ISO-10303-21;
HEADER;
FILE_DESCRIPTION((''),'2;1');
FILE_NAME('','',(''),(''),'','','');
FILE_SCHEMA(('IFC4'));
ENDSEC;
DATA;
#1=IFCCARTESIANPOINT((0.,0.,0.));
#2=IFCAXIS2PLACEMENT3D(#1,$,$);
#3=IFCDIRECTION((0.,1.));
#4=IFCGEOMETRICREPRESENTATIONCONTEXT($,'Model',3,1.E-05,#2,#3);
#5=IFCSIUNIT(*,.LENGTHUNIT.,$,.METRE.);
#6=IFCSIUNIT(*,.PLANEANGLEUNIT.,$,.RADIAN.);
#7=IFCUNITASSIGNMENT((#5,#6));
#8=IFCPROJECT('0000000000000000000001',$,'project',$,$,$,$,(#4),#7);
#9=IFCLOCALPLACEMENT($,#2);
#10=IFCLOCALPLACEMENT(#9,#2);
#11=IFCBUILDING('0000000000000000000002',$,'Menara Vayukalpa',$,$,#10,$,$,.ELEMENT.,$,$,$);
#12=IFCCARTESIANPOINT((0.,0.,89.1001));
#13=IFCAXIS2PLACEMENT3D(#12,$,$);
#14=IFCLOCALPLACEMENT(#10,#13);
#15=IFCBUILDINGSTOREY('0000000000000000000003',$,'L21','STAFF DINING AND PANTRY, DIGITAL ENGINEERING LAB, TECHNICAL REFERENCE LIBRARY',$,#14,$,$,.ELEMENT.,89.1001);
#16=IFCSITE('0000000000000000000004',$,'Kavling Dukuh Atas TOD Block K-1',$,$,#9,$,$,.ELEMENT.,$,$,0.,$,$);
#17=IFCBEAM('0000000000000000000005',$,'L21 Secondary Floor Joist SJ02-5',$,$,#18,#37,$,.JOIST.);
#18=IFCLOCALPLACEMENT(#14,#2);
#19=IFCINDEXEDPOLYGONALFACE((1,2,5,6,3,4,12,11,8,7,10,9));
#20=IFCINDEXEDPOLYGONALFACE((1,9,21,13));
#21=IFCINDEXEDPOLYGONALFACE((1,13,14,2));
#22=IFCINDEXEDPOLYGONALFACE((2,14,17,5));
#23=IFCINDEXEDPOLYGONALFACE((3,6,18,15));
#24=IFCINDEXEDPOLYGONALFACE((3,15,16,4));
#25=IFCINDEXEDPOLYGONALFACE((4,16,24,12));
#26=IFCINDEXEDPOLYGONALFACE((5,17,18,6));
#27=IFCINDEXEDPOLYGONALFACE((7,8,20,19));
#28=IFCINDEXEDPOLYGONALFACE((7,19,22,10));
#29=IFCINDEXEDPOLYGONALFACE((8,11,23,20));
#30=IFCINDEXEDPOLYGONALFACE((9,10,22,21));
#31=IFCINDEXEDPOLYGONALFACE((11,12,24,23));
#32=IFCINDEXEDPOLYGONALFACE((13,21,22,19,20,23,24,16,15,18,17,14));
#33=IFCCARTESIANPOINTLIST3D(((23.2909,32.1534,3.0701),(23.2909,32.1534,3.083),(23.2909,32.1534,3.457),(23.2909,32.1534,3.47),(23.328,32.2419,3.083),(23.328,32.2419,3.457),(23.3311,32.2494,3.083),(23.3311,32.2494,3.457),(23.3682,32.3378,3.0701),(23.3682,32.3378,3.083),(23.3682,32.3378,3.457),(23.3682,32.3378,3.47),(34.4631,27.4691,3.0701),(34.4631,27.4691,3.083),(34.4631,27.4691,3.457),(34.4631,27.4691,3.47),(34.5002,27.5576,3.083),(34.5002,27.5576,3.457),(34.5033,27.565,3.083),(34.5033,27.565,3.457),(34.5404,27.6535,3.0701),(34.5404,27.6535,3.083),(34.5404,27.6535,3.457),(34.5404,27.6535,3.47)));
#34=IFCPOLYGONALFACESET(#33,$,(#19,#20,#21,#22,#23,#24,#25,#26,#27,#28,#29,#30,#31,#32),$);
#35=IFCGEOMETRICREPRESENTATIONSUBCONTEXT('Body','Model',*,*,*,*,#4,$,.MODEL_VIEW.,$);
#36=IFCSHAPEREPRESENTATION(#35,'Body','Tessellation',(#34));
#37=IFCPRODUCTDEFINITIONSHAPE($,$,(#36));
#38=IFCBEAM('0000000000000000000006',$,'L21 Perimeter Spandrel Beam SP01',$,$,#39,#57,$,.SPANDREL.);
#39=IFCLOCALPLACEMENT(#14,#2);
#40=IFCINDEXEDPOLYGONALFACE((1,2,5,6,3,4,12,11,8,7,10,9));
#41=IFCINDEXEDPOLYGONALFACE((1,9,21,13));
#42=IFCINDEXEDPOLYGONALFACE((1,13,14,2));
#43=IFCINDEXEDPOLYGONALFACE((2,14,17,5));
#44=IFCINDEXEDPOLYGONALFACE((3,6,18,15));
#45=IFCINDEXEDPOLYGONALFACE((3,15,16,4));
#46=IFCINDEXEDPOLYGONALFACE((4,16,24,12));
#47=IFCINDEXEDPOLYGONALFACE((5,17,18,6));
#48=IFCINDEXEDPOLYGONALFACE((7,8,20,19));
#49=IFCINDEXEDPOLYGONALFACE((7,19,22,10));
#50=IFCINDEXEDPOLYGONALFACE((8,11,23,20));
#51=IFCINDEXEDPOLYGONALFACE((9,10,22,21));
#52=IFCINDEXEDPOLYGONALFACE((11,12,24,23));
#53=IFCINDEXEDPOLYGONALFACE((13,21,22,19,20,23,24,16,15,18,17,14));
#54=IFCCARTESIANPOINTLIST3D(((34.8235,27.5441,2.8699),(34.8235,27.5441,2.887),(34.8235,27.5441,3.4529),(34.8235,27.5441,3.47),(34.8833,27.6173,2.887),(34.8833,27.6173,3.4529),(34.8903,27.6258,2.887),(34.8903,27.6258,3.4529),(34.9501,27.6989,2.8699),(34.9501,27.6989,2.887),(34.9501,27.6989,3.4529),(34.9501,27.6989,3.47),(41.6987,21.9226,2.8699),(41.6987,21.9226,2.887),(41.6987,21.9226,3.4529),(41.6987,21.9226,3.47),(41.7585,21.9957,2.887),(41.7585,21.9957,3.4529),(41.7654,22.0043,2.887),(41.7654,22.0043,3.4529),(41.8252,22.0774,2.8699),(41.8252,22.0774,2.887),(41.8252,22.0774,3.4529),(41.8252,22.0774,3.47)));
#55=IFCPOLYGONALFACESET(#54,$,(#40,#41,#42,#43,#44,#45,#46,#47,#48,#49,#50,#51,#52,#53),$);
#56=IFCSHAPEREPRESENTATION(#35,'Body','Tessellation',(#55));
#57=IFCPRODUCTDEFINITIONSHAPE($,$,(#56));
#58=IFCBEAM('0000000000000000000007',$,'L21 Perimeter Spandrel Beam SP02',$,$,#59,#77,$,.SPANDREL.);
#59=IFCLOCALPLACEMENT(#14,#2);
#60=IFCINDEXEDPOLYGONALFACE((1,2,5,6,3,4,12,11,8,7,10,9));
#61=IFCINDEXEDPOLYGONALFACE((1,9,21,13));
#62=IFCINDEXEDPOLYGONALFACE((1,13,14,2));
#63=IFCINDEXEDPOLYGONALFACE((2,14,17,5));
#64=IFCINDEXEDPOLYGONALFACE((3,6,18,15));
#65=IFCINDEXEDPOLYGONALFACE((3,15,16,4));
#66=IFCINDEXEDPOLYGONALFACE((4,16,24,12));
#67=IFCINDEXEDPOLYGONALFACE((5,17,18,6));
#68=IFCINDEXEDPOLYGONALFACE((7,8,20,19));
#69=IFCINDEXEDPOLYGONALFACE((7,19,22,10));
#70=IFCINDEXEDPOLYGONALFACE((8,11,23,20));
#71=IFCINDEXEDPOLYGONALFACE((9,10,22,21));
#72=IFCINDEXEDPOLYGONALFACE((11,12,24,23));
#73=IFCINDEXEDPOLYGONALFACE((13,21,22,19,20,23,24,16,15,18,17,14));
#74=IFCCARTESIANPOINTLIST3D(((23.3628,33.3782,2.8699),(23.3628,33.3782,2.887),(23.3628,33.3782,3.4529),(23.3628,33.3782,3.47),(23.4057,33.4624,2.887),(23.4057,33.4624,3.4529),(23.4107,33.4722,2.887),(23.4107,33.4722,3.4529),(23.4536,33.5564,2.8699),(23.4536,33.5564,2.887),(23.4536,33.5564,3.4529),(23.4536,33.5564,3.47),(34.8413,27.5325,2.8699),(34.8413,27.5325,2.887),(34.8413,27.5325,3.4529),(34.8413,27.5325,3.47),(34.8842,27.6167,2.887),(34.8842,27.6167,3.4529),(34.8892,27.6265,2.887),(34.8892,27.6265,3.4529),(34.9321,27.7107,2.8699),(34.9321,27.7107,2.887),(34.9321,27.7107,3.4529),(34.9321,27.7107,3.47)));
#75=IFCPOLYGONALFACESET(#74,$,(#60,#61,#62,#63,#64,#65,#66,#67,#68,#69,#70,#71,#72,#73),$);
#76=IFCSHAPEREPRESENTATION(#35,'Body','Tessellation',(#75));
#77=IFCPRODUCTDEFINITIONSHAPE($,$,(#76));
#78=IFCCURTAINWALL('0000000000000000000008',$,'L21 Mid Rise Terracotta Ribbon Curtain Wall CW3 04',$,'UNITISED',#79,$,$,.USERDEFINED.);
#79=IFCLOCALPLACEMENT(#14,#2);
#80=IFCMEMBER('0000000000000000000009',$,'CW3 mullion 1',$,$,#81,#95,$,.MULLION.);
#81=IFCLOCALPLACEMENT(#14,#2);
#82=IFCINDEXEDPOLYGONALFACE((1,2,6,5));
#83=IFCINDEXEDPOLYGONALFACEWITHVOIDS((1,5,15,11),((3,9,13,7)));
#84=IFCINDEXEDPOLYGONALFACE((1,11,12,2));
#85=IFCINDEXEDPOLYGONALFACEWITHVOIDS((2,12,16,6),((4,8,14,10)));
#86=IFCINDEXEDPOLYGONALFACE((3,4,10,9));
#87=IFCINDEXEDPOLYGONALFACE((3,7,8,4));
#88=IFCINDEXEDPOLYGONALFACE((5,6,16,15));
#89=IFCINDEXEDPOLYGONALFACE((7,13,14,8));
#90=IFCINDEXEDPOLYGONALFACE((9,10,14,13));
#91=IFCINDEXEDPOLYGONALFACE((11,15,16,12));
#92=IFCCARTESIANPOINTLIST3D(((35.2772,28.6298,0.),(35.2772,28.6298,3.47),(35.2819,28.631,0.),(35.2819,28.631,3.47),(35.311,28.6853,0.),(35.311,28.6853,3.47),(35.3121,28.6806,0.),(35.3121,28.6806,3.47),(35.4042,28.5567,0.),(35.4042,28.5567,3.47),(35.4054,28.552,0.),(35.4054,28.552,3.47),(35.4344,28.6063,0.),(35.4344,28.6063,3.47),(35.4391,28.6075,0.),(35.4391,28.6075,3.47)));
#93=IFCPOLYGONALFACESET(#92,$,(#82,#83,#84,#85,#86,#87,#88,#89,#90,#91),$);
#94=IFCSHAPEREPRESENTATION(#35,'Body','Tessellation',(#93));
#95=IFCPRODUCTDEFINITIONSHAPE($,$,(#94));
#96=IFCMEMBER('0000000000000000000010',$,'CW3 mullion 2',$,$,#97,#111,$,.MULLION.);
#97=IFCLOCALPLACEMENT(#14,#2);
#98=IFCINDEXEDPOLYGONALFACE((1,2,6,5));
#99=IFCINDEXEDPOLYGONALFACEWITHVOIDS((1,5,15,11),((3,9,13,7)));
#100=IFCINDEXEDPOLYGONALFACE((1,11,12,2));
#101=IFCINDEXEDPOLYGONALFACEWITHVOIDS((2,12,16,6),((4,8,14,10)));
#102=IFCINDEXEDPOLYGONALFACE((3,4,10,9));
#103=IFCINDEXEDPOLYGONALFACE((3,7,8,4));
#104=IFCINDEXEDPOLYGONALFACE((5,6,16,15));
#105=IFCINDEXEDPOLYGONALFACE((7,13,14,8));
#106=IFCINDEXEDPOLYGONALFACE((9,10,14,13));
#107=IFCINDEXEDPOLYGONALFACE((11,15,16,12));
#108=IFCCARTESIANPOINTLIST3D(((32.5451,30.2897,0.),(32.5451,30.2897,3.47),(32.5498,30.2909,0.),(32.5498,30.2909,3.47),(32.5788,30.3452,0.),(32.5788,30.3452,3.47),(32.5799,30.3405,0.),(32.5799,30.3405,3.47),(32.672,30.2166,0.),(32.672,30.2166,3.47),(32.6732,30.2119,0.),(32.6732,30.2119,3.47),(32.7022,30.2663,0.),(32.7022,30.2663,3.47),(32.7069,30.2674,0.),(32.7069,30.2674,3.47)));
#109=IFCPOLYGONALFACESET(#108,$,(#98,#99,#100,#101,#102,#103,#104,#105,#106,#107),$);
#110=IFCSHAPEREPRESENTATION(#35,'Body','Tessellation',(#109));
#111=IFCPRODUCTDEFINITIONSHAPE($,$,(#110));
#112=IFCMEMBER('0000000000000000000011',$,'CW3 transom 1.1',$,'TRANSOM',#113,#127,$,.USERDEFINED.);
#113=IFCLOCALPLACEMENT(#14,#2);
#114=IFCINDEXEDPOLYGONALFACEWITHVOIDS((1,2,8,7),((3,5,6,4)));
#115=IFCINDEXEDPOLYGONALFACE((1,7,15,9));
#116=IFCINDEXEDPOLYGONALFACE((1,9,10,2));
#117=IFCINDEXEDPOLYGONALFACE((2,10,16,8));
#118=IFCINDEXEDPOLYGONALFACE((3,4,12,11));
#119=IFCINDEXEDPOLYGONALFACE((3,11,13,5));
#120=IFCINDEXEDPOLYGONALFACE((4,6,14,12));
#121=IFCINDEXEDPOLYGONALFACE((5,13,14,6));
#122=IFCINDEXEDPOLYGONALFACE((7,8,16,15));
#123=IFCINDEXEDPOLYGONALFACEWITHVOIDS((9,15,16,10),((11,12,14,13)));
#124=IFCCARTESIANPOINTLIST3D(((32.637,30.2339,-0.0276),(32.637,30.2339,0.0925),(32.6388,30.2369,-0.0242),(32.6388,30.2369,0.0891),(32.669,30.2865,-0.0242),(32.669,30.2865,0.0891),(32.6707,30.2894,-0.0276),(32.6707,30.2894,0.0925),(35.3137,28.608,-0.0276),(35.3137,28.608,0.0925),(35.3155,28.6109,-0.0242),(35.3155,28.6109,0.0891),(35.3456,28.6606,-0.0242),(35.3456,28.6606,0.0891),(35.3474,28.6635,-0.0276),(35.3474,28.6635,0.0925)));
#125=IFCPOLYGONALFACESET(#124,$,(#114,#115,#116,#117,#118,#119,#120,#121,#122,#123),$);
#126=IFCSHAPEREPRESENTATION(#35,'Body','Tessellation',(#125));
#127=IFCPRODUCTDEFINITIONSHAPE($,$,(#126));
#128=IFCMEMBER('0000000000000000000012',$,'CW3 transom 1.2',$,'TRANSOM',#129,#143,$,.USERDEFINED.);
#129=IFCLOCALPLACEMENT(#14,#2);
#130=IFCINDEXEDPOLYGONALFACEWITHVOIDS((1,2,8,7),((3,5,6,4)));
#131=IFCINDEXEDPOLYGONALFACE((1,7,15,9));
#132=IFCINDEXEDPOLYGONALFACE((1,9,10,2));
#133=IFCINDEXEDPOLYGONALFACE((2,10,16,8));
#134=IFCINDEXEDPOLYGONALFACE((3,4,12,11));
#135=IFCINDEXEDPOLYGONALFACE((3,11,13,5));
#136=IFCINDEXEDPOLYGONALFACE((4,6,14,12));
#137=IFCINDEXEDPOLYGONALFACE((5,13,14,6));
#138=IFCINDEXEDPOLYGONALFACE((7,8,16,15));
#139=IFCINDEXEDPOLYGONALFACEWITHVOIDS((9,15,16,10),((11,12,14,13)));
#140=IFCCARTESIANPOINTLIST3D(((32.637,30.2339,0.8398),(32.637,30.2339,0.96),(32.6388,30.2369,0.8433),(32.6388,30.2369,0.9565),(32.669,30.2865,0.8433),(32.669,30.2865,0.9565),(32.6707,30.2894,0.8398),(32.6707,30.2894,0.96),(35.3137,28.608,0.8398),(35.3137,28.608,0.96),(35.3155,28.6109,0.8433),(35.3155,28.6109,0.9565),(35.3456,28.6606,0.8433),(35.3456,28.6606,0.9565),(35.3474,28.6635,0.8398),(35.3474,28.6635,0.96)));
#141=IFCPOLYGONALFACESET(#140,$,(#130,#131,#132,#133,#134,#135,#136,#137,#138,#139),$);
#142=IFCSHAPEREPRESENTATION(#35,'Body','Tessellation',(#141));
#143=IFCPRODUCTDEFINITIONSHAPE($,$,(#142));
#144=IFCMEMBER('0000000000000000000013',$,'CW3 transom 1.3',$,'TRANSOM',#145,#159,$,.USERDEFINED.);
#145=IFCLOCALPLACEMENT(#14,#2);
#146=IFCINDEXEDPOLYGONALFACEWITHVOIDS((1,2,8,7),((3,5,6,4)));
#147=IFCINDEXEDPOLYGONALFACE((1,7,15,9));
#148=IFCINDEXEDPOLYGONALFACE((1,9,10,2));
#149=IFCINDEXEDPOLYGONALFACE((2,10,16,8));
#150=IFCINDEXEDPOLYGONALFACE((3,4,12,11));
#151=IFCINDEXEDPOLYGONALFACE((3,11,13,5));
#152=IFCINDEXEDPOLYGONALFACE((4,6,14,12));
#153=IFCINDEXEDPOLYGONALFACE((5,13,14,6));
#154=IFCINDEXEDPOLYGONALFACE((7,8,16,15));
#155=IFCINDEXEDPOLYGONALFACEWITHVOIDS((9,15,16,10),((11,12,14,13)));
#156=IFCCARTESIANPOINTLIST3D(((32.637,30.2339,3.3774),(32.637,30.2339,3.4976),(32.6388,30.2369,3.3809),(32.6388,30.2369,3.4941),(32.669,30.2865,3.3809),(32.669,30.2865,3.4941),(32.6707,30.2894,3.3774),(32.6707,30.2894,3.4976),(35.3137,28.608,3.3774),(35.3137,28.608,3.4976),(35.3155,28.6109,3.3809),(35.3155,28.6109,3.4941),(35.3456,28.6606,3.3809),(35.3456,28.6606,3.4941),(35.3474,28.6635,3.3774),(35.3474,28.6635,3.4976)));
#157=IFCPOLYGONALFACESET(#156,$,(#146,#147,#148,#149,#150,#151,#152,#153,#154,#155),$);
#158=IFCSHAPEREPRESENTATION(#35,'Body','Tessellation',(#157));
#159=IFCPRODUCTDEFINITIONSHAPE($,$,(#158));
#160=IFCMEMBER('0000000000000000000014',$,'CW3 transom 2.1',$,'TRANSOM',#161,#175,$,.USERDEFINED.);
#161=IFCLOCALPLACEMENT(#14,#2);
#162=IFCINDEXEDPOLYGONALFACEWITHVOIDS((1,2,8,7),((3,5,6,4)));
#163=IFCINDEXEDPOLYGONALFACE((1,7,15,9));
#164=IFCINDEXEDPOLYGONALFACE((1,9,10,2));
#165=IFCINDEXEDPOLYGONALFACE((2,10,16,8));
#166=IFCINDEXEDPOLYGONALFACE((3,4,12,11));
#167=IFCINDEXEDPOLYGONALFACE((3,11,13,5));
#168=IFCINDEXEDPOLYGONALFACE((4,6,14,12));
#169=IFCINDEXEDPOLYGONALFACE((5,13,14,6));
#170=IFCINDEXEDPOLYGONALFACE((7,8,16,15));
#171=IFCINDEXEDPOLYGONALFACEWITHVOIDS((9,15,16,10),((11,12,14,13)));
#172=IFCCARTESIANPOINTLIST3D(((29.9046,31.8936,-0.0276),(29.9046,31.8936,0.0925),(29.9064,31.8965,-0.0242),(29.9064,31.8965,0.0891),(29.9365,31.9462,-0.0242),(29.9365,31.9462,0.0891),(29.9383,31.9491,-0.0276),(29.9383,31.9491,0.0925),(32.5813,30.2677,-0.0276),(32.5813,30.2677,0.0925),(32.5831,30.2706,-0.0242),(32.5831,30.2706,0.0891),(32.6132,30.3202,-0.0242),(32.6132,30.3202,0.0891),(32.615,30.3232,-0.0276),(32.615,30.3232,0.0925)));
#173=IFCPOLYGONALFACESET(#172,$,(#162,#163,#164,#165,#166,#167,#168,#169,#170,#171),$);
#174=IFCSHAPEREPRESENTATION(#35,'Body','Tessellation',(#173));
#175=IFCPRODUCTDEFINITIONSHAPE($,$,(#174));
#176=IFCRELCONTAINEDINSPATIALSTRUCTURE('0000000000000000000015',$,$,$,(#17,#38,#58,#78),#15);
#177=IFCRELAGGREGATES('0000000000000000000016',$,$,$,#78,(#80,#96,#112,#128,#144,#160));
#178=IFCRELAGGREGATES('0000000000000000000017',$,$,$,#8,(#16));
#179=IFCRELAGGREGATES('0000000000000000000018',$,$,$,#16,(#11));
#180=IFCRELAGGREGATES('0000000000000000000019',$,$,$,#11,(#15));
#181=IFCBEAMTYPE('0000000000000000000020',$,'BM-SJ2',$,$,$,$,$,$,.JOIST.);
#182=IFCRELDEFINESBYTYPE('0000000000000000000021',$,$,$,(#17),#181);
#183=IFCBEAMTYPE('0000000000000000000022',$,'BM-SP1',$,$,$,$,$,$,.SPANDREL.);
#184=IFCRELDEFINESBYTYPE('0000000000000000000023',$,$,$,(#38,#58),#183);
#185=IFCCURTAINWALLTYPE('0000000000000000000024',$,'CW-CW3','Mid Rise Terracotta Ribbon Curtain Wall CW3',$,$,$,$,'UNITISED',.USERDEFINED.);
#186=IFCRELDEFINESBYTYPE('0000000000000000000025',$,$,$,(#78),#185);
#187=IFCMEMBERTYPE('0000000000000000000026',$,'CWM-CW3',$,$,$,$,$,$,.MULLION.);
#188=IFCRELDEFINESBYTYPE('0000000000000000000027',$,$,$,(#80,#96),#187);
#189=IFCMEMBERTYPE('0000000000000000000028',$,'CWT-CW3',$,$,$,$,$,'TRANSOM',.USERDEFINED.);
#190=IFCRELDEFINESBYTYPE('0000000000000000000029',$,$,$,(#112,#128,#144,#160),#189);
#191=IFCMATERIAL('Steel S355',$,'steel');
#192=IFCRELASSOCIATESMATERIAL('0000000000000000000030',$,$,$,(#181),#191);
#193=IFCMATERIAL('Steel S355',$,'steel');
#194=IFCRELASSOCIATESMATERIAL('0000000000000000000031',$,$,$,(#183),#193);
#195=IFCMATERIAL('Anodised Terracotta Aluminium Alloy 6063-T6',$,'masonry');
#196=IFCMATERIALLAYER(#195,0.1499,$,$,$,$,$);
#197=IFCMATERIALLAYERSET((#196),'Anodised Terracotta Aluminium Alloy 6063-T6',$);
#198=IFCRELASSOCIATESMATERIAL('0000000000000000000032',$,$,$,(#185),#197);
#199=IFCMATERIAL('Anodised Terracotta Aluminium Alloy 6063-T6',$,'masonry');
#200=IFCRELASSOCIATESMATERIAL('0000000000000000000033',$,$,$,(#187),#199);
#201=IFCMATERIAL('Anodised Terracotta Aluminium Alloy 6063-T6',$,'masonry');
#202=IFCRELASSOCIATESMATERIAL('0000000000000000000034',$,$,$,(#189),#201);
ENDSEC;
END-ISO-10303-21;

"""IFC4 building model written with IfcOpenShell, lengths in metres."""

from ifc_helpers import new_model, si_unit, direction, frame, origin, origin_2d, place, context, subcontext, project, spatial, hollow_rectangle, i_section, extrude, material, layer, layer_set, material_profile, profile_set, type_object, element, aggregate, save


model = new_model("IFC4")

# Units and contexts
model_context = context("Model", 3, precision=1e-05, world=origin(), true_north=direction((0.0, 1.0)))
body_context = subcontext(model_context, "Body", "Model", "MODEL_VIEW")
ifc_project = project(units=[si_unit("LENGTHUNIT", "METRE"), si_unit("PLANEANGLEUNIT", "RADIAN")], contexts=[model_context])

# Site, building, storey
site_placement = place(None, origin())
site = spatial("IfcSite", under=ifc_project, at=site_placement, Name="Kavling Dukuh Atas TOD Block K-1", CompositionType="ELEMENT", RefElevation=0.0)
building_placement = place(site_placement, origin())
building = spatial("IfcBuilding", under=site, at=building_placement, Name="Menara Vayukalpa", CompositionType="ELEMENT")
storey_placement = place(building_placement, frame((0.0, 0.0, 89.1001)))
storey = spatial("IfcBuildingStorey", under=building, at=storey_placement, Name="L21", Description="STAFF DINING AND PANTRY, DIGITAL ENGINEERING LAB, TECHNICAL REFERENCE LIBRARY", CompositionType="ELEMENT", Elevation=89.1001)

# Beams
ifc_material_1 = material(Name="Steel S355", Category="steel")
ifc_material_profile_1 = material_profile(ifc_material_1, i_section(OverallWidth=0.2, OverallDepth=0.3999, WebThickness=0.0081, FlangeThickness=0.0129, at=origin_2d()), Name="WF 400x200x8x13")
ifc_profile_set_1 = profile_set([ifc_material_profile_1], Name="Steel S355")
beam_type_1 = type_object("IfcBeamType", Name="BM-SJ2", PredefinedType="JOIST", material=ifc_profile_set_1)
beam_1_placement = place(storey_placement, frame((34.5017, 27.5613, 3.27), z_axis=(-0.922217, 0.386674, 0.0), x_axis=(-0.386674, -0.922217, 0.0)))
element("IfcBeam", 1, at=beam_1_placement, inside=storey, type_object=beam_type_1, Name="L21 Secondary Floor Joist SJ02-5", PredefinedType="JOIST", context=body_context, shape_type="SweptSolid", body=[
    extrude(i_section(OverallWidth=0.2, OverallDepth=0.3999, WebThickness=0.0081, FlangeThickness=0.0129, at=origin_2d()), origin(), (0.0, 0.0, 1.0), 12.1145),
])
ifc_material_2 = material(Name="Steel S355", Category="steel")
ifc_material_profile_2 = material_profile(ifc_material_2, i_section(OverallWidth=0.2, OverallDepth=0.6001, WebThickness=0.011, FlangeThickness=0.0171, at=origin_2d()), Name="WF 600x200x11x17")
ifc_profile_set_2 = profile_set([ifc_material_profile_2], Name="Steel S355")
beam_type_2 = type_object("IfcBeamType", Name="BM-SP1", PredefinedType="SPANDREL", material=ifc_profile_set_2)
beam_2_placement = place(storey_placement, frame((41.762, 22.0, 3.1699), z_axis=(-0.774157, 0.632994, 0.0), x_axis=(-0.632994, -0.774157, 0.0)))
element("IfcBeam", 2, at=beam_2_placement, inside=storey, type_object=beam_type_2, Name="L21 Perimeter Spandrel Beam SP01", PredefinedType="SPANDREL", context=body_context, shape_type="SweptSolid", body=[
    extrude(i_section(OverallWidth=0.2, OverallDepth=0.6001, WebThickness=0.011, FlangeThickness=0.0171, at=origin_2d()), origin(), (0.0, 0.0, 1.0), 8.8809),
])
beam_3_placement = place(storey_placement, frame((34.8867, 27.6216, 3.1699), z_axis=(-0.891097, 0.453812, 0.0), x_axis=(-0.453812, -0.891097, 0.0)))
element("IfcBeam", 3, at=beam_3_placement, inside=storey, type_object=beam_type_2, Name="L21 Perimeter Spandrel Beam SP02", PredefinedType="SPANDREL", context=body_context, shape_type="SweptSolid", body=[
    extrude(i_section(OverallWidth=0.2, OverallDepth=0.6001, WebThickness=0.011, FlangeThickness=0.0171, at=origin_2d()), origin(), (0.0, 0.0, 1.0), 12.8813),
])

# Curtain wall, members
ifc_material_3 = material(Name="Anodised Terracotta Aluminium Alloy 6063-T6", Category="masonry")
ifc_layer_1 = layer(ifc_material_3, 0.1499)
ifc_layer_set_1 = layer_set([ifc_layer_1], Name="Anodised Terracotta Aluminium Alloy 6063-T6")
curtain_wall_type = type_object("IfcCurtainWallType", Name="CW-CW3", Description="Mid Rise Terracotta Ribbon Curtain Wall CW3", ElementType="UNITISED", PredefinedType="USERDEFINED", material=ifc_layer_set_1)
curtain_wall_placement = place(storey_placement, origin())
curtain_wall = element("IfcCurtainWall", 4, at=curtain_wall_placement, inside=storey, type_object=curtain_wall_type, Name="L21 Mid Rise Terracotta Ribbon Curtain Wall CW3 04", ObjectType="UNITISED", PredefinedType="USERDEFINED")
ifc_material_4 = material(Name="Anodised Terracotta Aluminium Alloy 6063-T6", Category="masonry")
ifc_material_profile_3 = material_profile(ifc_material_4, hollow_rectangle(XDim=0.0649, YDim=0.1499, WallThickness=0.0034, at=origin_2d()), Name="ALU 65x150x3.5")
ifc_profile_set_3 = profile_set([ifc_material_profile_3], Name="Anodised Terracotta Aluminium Alloy 6063-T6")
member_type_1 = type_object("IfcMemberType", Name="CWM-CW3", PredefinedType="MULLION", material=ifc_profile_set_3)
member_1_placement = place(storey_placement, frame((35.3582, 28.6187, 0.0), z_axis=(0.0, 0.0, 1.0), x_axis=(-0.519183, -0.854663, 0.0)))
member_1 = element("IfcMember", 5, at=member_1_placement, type_object=member_type_1, Name="CW3 mullion 1", PredefinedType="MULLION", context=body_context, shape_type="SweptSolid", body=[
    extrude(hollow_rectangle(XDim=0.0649, YDim=0.1499, WallThickness=0.0034, at=origin_2d()), origin(), (0.0, 0.0, 1.0), 3.47),
])
member_2_placement = place(storey_placement, frame((32.626, 30.2786, 0.0), z_axis=(0.0, 0.0, 1.0), x_axis=(-0.519183, -0.854663, 0.0)))
member_2 = element("IfcMember", 6, at=member_2_placement, type_object=member_type_1, Name="CW3 mullion 2", PredefinedType="MULLION", context=body_context, shape_type="SweptSolid", body=[
    extrude(hollow_rectangle(XDim=0.0649, YDim=0.1499, WallThickness=0.0034, at=origin_2d()), origin(), (0.0, 0.0, 1.0), 3.47),
])
ifc_material_5 = material(Name="Anodised Terracotta Aluminium Alloy 6063-T6", Category="masonry")
ifc_material_profile_4 = material_profile(ifc_material_5, hollow_rectangle(XDim=0.0649, YDim=0.1201, WallThickness=0.0034, at=origin_2d()), Name="ALU 65x120x3.5")
ifc_profile_set_4 = profile_set([ifc_material_profile_4], Name="Anodised Terracotta Aluminium Alloy 6063-T6")
member_type_2 = type_object("IfcMemberType", Name="CWT-CW3", ElementType="TRANSOM", PredefinedType="USERDEFINED", material=ifc_profile_set_4)
member_3_placement = place(storey_placement, frame((35.3306, 28.6357, 0.0325), z_axis=(-0.854674, 0.519165, 0.0), x_axis=(-0.519165, -0.854674, 0.0)))
member_3 = element("IfcMember", 7, at=member_3_placement, type_object=member_type_2, Name="CW3 transom 1.1", ObjectType="TRANSOM", PredefinedType="USERDEFINED", context=body_context, shape_type="SweptSolid", body=[
    extrude(hollow_rectangle(XDim=0.0649, YDim=0.1201, WallThickness=0.0034, at=origin_2d()), origin(), (0.0, 0.0, 1.0), 3.1318),
])
member_4_placement = place(storey_placement, frame((35.3306, 28.6357, 0.8999), z_axis=(-0.854674, 0.519165, 0.0), x_axis=(-0.519165, -0.854674, 0.0)))
member_4 = element("IfcMember", 8, at=member_4_placement, type_object=member_type_2, Name="CW3 transom 1.2", ObjectType="TRANSOM", PredefinedType="USERDEFINED", context=body_context, shape_type="SweptSolid", body=[
    extrude(hollow_rectangle(XDim=0.0649, YDim=0.1201, WallThickness=0.0034, at=origin_2d()), origin(), (0.0, 0.0, 1.0), 3.1318),
])
member_5_placement = place(storey_placement, frame((35.3306, 28.6357, 3.4375), z_axis=(-0.854674, 0.519165, 0.0), x_axis=(-0.519165, -0.854674, 0.0)))
member_5 = element("IfcMember", 9, at=member_5_placement, type_object=member_type_2, Name="CW3 transom 1.3", ObjectType="TRANSOM", PredefinedType="USERDEFINED", context=body_context, shape_type="SweptSolid", body=[
    extrude(hollow_rectangle(XDim=0.0649, YDim=0.1201, WallThickness=0.0034, at=origin_2d()), origin(), (0.0, 0.0, 1.0), 3.1318),
])
member_6_placement = place(storey_placement, frame((32.5981, 30.2954, 0.0325), z_axis=(-0.854674, 0.519165, 0.0), x_axis=(-0.519165, -0.854674, 0.0)))
member_6 = element("IfcMember", 10, at=member_6_placement, type_object=member_type_2, Name="CW3 transom 2.1", ObjectType="TRANSOM", PredefinedType="USERDEFINED", context=body_context, shape_type="SweptSolid", body=[
    extrude(hollow_rectangle(XDim=0.0649, YDim=0.1201, WallThickness=0.0034, at=origin_2d()), origin(), (0.0, 0.0, 1.0), 3.1318),
])
aggregate(curtain_wall, [member_1, member_2, member_3, member_4, member_5, member_6])

save(model, "model.ifc")
